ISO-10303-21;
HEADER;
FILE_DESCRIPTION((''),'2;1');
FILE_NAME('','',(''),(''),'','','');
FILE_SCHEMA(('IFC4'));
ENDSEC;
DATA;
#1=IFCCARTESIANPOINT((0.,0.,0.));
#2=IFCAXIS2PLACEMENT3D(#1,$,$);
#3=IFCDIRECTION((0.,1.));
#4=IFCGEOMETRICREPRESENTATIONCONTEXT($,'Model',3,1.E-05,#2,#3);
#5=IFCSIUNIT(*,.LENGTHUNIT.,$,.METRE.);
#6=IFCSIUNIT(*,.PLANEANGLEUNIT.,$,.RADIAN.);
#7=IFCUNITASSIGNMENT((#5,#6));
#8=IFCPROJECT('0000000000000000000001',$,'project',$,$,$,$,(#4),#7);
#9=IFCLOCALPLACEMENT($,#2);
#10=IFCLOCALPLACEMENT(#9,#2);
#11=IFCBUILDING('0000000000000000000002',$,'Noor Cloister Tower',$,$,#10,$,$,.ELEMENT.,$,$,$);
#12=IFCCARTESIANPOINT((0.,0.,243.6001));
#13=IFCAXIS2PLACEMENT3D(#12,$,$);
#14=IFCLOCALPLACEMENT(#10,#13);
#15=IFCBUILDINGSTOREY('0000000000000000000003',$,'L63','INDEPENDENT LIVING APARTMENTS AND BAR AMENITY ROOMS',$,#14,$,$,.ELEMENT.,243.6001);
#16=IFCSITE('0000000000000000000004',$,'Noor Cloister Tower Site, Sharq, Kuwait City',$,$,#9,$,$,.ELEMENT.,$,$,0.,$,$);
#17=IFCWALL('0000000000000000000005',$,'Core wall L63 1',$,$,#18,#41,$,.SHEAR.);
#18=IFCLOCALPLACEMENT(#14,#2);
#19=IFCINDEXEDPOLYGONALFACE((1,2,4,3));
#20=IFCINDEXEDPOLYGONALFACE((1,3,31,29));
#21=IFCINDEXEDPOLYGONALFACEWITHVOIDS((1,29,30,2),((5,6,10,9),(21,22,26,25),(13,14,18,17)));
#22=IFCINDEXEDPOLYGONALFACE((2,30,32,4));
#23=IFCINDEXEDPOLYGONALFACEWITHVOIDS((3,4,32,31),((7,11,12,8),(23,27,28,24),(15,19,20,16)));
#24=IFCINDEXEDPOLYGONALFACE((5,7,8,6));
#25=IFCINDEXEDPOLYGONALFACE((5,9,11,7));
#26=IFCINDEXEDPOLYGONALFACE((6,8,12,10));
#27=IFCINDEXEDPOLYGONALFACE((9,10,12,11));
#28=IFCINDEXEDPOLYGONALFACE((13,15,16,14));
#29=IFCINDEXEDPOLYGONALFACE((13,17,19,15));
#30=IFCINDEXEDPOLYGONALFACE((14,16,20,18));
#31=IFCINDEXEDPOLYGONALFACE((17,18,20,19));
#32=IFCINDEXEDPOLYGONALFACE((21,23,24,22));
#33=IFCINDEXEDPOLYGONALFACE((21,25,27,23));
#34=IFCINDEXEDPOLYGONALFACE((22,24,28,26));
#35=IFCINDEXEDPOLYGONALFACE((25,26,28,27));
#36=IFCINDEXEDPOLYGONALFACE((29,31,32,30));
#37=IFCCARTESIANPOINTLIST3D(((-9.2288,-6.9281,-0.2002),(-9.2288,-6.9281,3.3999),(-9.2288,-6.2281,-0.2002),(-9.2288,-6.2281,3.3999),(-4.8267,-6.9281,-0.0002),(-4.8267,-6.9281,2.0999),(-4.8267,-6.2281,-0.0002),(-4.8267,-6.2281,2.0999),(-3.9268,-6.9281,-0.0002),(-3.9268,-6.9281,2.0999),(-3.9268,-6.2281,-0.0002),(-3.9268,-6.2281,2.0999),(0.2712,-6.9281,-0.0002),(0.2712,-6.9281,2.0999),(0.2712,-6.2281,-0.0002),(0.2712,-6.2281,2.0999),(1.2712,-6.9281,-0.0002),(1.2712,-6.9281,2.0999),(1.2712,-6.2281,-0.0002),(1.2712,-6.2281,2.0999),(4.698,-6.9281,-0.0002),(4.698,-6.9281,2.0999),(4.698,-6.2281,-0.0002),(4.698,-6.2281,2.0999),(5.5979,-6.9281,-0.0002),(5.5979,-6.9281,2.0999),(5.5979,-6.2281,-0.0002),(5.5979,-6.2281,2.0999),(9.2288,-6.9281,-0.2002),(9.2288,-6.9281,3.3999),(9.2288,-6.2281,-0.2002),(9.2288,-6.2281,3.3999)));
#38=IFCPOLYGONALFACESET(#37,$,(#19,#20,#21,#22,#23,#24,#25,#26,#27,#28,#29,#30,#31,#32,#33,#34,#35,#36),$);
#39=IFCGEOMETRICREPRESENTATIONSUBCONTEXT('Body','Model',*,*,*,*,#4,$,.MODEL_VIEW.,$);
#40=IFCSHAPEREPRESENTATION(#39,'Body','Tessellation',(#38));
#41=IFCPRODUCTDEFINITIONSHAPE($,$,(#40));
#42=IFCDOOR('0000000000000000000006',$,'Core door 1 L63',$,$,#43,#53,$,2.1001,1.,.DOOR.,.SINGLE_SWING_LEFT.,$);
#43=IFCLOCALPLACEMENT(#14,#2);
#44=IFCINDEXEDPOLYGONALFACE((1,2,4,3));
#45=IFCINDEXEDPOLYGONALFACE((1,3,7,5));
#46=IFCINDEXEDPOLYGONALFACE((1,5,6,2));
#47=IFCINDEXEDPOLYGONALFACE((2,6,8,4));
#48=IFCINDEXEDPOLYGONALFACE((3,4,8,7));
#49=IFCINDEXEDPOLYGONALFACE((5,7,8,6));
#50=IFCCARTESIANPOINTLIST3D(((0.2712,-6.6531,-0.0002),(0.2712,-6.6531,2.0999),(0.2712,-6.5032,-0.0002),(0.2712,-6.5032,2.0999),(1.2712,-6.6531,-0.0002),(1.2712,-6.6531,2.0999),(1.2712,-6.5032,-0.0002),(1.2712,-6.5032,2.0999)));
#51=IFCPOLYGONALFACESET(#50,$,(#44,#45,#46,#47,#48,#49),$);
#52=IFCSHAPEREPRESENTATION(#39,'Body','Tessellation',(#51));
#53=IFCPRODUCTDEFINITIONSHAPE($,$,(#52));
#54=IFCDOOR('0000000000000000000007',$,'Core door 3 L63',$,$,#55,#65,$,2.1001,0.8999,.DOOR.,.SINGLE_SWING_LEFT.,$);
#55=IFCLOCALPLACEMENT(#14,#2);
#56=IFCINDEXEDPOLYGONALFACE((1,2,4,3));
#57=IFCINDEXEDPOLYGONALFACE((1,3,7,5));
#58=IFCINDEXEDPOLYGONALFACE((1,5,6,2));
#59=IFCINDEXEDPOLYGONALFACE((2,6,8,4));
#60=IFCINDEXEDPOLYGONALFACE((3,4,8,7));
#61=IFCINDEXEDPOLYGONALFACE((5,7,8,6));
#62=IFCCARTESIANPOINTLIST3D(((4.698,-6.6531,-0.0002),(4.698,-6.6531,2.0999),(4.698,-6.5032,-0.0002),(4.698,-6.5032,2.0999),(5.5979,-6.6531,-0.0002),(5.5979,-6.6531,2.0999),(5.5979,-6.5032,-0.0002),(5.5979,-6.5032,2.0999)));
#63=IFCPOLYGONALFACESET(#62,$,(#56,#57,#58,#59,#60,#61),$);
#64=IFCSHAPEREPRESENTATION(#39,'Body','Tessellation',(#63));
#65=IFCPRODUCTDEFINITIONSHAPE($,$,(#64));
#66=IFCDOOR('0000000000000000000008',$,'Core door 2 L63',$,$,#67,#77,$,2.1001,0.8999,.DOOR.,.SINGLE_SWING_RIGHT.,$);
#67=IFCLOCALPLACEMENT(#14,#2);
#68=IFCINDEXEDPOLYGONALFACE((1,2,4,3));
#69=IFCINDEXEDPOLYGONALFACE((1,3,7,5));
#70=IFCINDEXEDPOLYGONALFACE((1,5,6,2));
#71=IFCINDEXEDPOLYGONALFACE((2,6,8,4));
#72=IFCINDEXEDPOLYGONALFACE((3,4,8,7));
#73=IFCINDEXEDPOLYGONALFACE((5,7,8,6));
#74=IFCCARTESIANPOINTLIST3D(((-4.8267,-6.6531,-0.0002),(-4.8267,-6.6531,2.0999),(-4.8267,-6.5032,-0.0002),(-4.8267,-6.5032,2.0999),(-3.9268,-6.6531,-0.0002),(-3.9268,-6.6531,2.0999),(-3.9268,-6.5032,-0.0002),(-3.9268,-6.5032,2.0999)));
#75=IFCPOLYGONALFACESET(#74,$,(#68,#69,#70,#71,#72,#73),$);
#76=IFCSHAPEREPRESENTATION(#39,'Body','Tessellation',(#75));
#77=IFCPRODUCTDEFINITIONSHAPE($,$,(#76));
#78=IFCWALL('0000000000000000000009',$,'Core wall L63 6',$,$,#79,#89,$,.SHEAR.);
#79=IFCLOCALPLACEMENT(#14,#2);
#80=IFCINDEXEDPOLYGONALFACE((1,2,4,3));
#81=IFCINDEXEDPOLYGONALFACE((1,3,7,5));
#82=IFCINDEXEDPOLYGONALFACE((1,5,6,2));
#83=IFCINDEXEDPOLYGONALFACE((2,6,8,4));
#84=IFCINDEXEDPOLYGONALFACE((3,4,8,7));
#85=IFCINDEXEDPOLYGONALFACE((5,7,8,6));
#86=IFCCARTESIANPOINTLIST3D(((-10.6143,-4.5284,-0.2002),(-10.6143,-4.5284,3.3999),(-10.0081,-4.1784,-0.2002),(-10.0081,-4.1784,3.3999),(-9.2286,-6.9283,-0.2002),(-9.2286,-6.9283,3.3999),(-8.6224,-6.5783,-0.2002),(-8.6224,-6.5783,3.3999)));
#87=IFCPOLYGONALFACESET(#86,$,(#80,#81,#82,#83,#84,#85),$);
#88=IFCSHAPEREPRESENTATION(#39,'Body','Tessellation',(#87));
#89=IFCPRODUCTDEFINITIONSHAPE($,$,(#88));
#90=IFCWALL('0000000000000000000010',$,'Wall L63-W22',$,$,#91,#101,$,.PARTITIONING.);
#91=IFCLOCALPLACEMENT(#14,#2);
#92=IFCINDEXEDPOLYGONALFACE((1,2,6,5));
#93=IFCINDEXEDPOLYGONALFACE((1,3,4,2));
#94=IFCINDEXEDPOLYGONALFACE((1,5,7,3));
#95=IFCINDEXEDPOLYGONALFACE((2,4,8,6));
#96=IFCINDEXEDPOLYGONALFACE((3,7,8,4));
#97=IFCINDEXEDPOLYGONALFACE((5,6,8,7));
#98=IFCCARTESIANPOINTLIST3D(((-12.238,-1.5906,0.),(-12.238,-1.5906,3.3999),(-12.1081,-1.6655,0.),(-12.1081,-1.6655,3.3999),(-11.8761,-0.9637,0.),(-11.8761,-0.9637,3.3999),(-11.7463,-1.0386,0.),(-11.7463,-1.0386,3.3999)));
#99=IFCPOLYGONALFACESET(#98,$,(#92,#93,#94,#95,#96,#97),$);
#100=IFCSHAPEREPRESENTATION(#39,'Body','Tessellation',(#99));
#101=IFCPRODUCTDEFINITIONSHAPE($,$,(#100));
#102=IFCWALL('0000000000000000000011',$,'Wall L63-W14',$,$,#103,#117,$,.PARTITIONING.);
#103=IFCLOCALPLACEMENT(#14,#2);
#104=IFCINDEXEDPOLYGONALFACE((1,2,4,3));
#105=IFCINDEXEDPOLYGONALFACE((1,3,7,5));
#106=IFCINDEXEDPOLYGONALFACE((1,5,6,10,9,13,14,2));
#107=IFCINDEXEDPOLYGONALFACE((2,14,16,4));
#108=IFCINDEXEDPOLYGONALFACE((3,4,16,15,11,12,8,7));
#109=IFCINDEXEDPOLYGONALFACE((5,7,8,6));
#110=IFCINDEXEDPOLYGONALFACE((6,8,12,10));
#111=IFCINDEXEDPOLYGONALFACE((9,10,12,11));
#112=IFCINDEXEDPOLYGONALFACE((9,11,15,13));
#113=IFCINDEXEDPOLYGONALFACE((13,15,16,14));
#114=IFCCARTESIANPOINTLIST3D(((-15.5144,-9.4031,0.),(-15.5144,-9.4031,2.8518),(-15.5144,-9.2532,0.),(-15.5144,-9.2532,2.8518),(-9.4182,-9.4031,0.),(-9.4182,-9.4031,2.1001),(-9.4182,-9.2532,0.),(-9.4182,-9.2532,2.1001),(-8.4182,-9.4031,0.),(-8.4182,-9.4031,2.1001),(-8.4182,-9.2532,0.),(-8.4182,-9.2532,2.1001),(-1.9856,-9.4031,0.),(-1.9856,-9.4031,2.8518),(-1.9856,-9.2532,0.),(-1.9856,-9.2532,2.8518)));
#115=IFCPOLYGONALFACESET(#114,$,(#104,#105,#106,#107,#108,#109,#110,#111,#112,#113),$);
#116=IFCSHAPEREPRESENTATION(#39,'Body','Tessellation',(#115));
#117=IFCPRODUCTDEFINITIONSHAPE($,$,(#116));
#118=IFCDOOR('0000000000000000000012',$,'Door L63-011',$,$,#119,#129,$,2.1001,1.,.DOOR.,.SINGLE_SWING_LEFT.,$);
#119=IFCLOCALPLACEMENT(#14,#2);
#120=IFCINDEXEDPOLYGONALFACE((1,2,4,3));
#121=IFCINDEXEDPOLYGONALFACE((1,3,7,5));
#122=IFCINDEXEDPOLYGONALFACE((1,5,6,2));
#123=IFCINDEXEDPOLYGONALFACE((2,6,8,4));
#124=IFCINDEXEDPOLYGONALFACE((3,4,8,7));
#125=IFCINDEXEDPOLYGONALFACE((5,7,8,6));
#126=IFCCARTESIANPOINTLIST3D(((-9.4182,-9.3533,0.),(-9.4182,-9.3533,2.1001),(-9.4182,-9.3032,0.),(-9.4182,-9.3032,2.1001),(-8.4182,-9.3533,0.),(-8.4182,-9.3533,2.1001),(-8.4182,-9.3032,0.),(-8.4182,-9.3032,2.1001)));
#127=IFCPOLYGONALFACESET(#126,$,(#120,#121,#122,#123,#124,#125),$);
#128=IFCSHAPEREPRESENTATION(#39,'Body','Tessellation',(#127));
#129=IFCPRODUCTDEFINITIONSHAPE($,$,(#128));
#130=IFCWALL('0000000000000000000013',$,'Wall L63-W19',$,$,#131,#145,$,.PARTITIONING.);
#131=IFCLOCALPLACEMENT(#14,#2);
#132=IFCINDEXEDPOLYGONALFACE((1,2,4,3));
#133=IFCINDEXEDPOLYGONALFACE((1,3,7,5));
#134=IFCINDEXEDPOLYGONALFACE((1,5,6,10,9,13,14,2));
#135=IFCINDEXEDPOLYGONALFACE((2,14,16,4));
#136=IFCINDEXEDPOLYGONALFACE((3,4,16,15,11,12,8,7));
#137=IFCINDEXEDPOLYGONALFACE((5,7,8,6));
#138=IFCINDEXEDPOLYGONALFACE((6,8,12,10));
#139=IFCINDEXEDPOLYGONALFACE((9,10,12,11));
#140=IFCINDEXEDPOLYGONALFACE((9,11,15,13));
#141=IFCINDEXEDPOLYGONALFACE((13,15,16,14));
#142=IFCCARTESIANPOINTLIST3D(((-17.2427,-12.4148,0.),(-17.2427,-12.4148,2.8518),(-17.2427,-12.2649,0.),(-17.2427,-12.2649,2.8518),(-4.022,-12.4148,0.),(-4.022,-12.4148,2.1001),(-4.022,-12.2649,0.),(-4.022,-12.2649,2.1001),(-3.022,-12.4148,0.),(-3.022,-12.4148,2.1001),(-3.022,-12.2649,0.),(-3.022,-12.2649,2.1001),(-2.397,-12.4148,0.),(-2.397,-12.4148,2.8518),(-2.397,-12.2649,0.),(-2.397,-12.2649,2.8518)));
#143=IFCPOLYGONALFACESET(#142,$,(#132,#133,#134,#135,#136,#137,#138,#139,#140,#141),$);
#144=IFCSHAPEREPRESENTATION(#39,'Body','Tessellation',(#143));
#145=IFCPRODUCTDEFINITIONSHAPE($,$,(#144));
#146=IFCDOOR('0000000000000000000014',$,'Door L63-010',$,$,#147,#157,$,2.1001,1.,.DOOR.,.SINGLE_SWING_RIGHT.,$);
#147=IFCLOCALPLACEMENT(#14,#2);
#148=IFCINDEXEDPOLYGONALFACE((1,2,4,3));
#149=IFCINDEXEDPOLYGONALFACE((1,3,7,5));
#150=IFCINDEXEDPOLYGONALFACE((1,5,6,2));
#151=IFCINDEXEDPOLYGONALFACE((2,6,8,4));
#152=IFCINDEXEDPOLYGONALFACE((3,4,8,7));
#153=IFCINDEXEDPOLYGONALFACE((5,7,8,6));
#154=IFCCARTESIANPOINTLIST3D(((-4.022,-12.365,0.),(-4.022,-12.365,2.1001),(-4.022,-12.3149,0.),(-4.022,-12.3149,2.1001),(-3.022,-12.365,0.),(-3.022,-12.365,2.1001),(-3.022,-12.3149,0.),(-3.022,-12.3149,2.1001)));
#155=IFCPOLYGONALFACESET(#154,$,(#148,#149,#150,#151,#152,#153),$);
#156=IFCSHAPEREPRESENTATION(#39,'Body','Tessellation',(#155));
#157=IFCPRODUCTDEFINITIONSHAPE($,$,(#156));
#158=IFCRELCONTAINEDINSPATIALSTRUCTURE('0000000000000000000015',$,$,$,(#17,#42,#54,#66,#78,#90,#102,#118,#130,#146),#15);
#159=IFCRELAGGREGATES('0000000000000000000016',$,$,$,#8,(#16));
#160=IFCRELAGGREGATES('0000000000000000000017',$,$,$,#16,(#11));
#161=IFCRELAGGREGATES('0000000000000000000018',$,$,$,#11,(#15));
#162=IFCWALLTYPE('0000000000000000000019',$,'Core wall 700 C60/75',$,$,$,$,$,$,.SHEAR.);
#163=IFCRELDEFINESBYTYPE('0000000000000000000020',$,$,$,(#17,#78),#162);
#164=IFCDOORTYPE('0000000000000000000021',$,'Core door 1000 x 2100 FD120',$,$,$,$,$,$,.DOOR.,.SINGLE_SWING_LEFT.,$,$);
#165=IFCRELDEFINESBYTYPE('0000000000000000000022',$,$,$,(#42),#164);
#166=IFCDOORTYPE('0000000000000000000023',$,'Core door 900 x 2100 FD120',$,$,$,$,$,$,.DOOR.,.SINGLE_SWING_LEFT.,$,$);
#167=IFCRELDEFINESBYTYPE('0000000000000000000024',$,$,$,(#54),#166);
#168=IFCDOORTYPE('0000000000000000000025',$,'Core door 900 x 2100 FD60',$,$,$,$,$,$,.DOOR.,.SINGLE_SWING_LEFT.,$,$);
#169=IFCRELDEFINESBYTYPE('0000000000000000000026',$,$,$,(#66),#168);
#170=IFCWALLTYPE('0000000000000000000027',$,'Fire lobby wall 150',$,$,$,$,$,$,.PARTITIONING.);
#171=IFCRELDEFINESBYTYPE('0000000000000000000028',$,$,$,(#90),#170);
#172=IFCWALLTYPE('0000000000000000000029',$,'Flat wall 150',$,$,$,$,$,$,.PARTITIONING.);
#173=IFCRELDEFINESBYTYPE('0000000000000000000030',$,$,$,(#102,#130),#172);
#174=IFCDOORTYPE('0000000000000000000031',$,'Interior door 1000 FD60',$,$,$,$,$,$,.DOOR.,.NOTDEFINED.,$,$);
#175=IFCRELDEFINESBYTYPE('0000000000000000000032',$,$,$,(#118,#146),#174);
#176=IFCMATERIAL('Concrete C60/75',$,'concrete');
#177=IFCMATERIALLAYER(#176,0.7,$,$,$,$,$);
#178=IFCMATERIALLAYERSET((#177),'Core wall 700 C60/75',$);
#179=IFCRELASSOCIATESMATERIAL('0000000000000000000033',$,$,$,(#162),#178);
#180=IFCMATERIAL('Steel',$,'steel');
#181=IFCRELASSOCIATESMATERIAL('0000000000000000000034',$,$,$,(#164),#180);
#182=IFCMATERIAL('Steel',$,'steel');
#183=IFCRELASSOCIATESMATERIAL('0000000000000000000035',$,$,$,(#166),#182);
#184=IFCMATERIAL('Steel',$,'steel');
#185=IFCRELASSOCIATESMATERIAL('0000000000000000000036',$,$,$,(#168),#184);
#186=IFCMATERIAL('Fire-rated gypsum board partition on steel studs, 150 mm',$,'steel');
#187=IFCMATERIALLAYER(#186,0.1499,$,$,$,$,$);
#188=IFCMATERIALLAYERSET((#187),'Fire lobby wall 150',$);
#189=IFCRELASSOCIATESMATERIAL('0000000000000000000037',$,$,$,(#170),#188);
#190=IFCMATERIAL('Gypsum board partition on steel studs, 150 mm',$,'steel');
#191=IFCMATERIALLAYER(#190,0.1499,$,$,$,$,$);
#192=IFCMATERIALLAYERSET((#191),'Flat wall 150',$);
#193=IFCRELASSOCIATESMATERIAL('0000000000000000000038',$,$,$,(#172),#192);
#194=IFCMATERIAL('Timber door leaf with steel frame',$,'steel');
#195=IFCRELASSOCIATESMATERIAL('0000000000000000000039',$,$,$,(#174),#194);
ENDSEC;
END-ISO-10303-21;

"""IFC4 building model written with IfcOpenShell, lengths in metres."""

from ifc_helpers import new_model, si_unit, direction, frame, frame_2d, origin, place, context, subcontext, project, spatial, rectangle, extrude, material, layer, layer_set, type_object, element, fill, save


model = new_model("IFC4")

# Units and contexts
model_context = context("Model", 3, precision=1e-05, world=origin(), true_north=direction((0.0, 1.0)))
body_context = subcontext(model_context, "Body", "Model", "MODEL_VIEW")
ifc_project = project(units=[si_unit("LENGTHUNIT", "METRE"), si_unit("PLANEANGLEUNIT", "RADIAN")], contexts=[model_context])

# Site, building, storey
site_placement = place(None, origin())
site = spatial("IfcSite", under=ifc_project, at=site_placement, Name="Noor Cloister Tower Site, Sharq, Kuwait City", CompositionType="ELEMENT", RefElevation=0.0)
building_placement = place(site_placement, origin())
building = spatial("IfcBuilding", under=site, at=building_placement, Name="Noor Cloister Tower", CompositionType="ELEMENT")
storey_placement = place(building_placement, frame((0.0, 0.0, 243.6001)))
storey = spatial("IfcBuildingStorey", under=building, at=storey_placement, Name="L63", Description="INDEPENDENT LIVING APARTMENTS AND BAR AMENITY ROOMS", CompositionType="ELEMENT", Elevation=243.6001)

# Wall, openings, doors
ifc_material_1 = material(Name="Concrete C60/75", Category="concrete")
ifc_layer_1 = layer(ifc_material_1, 0.7)
ifc_layer_set_1 = layer_set([ifc_layer_1], Name="Core wall 700 C60/75")
wall_type_1 = type_object("IfcWallType", Name="Core wall 700 C60/75", PredefinedType="SHEAR", material=ifc_layer_set_1)
wall_1_placement = place(storey_placement, frame((-9.2288, -6.5781, -0.2002), z_axis=(0.0, 0.0, 1.0), x_axis=(1.0, 0.0, 0.0)))
wall_1 = element("IfcWall", 1, at=wall_1_placement, inside=storey, type_object=wall_type_1, Name="Core wall L63 1", PredefinedType="SHEAR", context=body_context, shape_type="SweptSolid", body=[
    extrude(rectangle(XDim=18.4575, YDim=0.7, at=frame_2d((9.2288, 0.0))), origin(), (0.0, 0.0, 1.0), 3.6001),
])
opening_1_placement = place(wall_1_placement, frame((9.5, 0.0, 0.2)))
opening_1 = element("IfcOpeningElement", 2, at=opening_1_placement, cuts=wall_1, PredefinedType="OPENING", context=body_context, shape_type="SweptSolid", body=[
    extrude(rectangle(XDim=1.0, YDim=2.1001, at=frame_2d((0.5, 1.05))), frame((0.0, 0.3599, 0.0), z_axis=(0.0, -1.0, 0.0), x_axis=(1.0, 0.0, 0.0)), (0.0, 0.0, 1.0), 0.72),
])
opening_2_placement = place(wall_1_placement, frame((4.4021, 0.0, 0.2)))
opening_2 = element("IfcOpeningElement", 3, at=opening_2_placement, cuts=wall_1, PredefinedType="OPENING", context=body_context, shape_type="SweptSolid", body=[
    extrude(rectangle(XDim=0.8999, YDim=2.1001, at=frame_2d((0.45, 1.05))), frame((0.0, 0.3599, 0.0), z_axis=(0.0, -1.0, 0.0), x_axis=(1.0, 0.0, 0.0)), (0.0, 0.0, 1.0), 0.72),
])
opening_3_placement = place(wall_1_placement, frame((13.9268, 0.0, 0.2)))
opening_3 = element("IfcOpeningElement", 4, at=opening_3_placement, cuts=wall_1, PredefinedType="OPENING", context=body_context, shape_type="SweptSolid", body=[
    extrude(rectangle(XDim=0.8999, YDim=2.1001, at=frame_2d((0.45, 1.05))), frame((0.0, 0.3599, 0.0), z_axis=(0.0, -1.0, 0.0), x_axis=(1.0, 0.0, 0.0)), (0.0, 0.0, 1.0), 0.72),
])
ifc_material_2 = material(Name="Steel", Category="steel")
door_type_1 = type_object("IfcDoorType", Name="Core door 1000 x 2100 FD120", OperationType="SINGLE_SWING_LEFT", PredefinedType="DOOR", material=ifc_material_2)
door_1_placement = place(opening_1_placement, origin())
door_1 = element("IfcDoor", 5, at=door_1_placement, inside=storey, type_object=door_type_1, Name="Core door 1 L63", OperationType="SINGLE_SWING_LEFT", OverallHeight=2.1001, OverallWidth=1.0, PredefinedType="DOOR", context=body_context, shape_type="SweptSolid", body=[
    extrude(rectangle(XDim=1.0, YDim=2.1001, at=frame_2d((0.5, 1.05))), frame((0.0, 0.075, 0.0), z_axis=(0.0, -1.0, 0.0), x_axis=(1.0, 0.0, 0.0)), (0.0, 0.0, 1.0), 0.1499),
])
fill(opening_1, door_1)
ifc_material_3 = material(Name="Steel", Category="steel")
door_type_2 = type_object("IfcDoorType", Name="Core door 900 x 2100 FD120", OperationType="SINGLE_SWING_LEFT", PredefinedType="DOOR", material=ifc_material_3)
door_2_placement = place(opening_3_placement, origin())
door_2 = element("IfcDoor", 6, at=door_2_placement, inside=storey, type_object=door_type_2, Name="Core door 3 L63", OperationType="SINGLE_SWING_LEFT", OverallHeight=2.1001, OverallWidth=0.8999, PredefinedType="DOOR", context=body_context, shape_type="SweptSolid", body=[
    extrude(rectangle(XDim=0.8999, YDim=2.1001, at=frame_2d((0.45, 1.05))), frame((0.0, 0.075, 0.0), z_axis=(0.0, -1.0, 0.0), x_axis=(1.0, 0.0, 0.0)), (0.0, 0.0, 1.0), 0.1499),
])
fill(opening_3, door_2)
ifc_material_4 = material(Name="Steel", Category="steel")
door_type_3 = type_object("IfcDoorType", Name="Core door 900 x 2100 FD60", OperationType="SINGLE_SWING_LEFT", PredefinedType="DOOR", material=ifc_material_4)
door_3_placement = place(opening_2_placement, origin())
door_3 = element("IfcDoor", 7, at=door_3_placement, inside=storey, type_object=door_type_3, Name="Core door 2 L63", OperationType="SINGLE_SWING_RIGHT", OverallHeight=2.1001, OverallWidth=0.8999, PredefinedType="DOOR", context=body_context, shape_type="SweptSolid", body=[
    extrude(rectangle(XDim=0.8999, YDim=2.1001, at=frame_2d((0.45, 1.05))), frame((0.0, 0.075, 0.0), z_axis=(0.0, -1.0, 0.0), x_axis=(1.0, 0.0, 0.0)), (0.0, 0.0, 1.0), 0.1499),
])
fill(opening_2, door_3)

# Walls
wall_2_placement = place(storey_placement, frame((-10.3113, -4.3533, -0.2002), z_axis=(0.0, 0.0, 1.0), x_axis=(0.500043, -0.866001, 0.0)))
element("IfcWall", 8, at=wall_2_placement, inside=storey, type_object=wall_type_1, Name="Core wall L63 6", PredefinedType="SHEAR", context=body_context, shape_type="SweptSolid", body=[
    extrude(rectangle(XDim=2.7712, YDim=0.7, at=frame_2d((1.3857, 0.0))), origin(), (0.0, 0.0, 1.0), 3.6001),
])
ifc_material_5 = material(Name="Fire-rated gypsum board partition on steel studs, 150 mm", Category="steel")
ifc_layer_2 = layer(ifc_material_5, 0.1499)
ifc_layer_set_2 = layer_set([ifc_layer_2], Name="Fire lobby wall 150")
wall_type_2 = type_object("IfcWallType", Name="Fire lobby wall 150", PredefinedType="PARTITIONING", material=ifc_layer_set_2)
wall_3_placement = place(storey_placement, frame((-11.8113, -1.0012, 0.0), z_axis=(0.0, 0.0, 1.0), x_axis=(-0.499839, -0.866118, 0.0)))
element("IfcWall", 9, at=wall_3_placement, inside=storey, type_object=wall_type_2, Name="Wall L63-W22", PredefinedType="PARTITIONING", context=body_context, shape_type="SweptSolid", body=[
    extrude(rectangle(XDim=0.7239, YDim=0.1499, at=frame_2d((0.3618, 0.0))), origin(), (0.0, 0.0, 1.0), 3.3999),
])

# Walls, openings, doors
ifc_material_6 = material(Name="Gypsum board partition on steel studs, 150 mm", Category="steel")
ifc_layer_3 = layer(ifc_material_6, 0.1499)
ifc_layer_set_3 = layer_set([ifc_layer_3], Name="Flat wall 150")
wall_type_3 = type_object("IfcWallType", Name="Flat wall 150", PredefinedType="PARTITIONING", material=ifc_layer_set_3)
wall_4_placement = place(storey_placement, frame((-15.5144, -9.3281, 0.0), z_axis=(0.0, 0.0, 1.0), x_axis=(1.0, 0.0, 0.0)))
wall_4 = element("IfcWall", 10, at=wall_4_placement, inside=storey, type_object=wall_type_3, Name="Wall L63-W14", PredefinedType="PARTITIONING", context=body_context, shape_type="SweptSolid", body=[
    extrude(rectangle(XDim=13.5288, YDim=0.1499, at=frame_2d((6.7644, 0.0))), origin(), (0.0, 0.0, 1.0), 2.8518),
])
opening_4_placement = place(wall_4_placement, frame((6.0962, 0.0, 0.0)))
opening_4 = element("IfcOpeningElement", 11, at=opening_4_placement, cuts=wall_4, PredefinedType="OPENING", context=body_context, shape_type="SweptSolid", body=[
    extrude(rectangle(XDim=1.0, YDim=2.1001, at=frame_2d((0.5, 1.05))), frame((0.0, 0.085, 0.0), z_axis=(0.0, -1.0, 0.0), x_axis=(1.0, 0.0, 0.0)), (0.0, 0.0, 1.0), 0.1699),
])
ifc_material_7 = material(Name="Timber door leaf with steel frame", Category="steel")
door_type_4 = type_object("IfcDoorType", Name="Interior door 1000 FD60", OperationType="NOTDEFINED", PredefinedType="DOOR", material=ifc_material_7)
door_4_placement = place(opening_4_placement, origin())
door_4 = element("IfcDoor", 12, at=door_4_placement, inside=storey, type_object=door_type_4, Name="Door L63-011", OperationType="SINGLE_SWING_LEFT", OverallHeight=2.1001, OverallWidth=1.0, PredefinedType="DOOR", context=body_context, shape_type="SweptSolid", body=[
    extrude(rectangle(XDim=1.0, YDim=2.1001, at=frame_2d((0.5, 1.05))), frame((0.0, 0.0249, 0.0), z_axis=(0.0, -1.0, 0.0), x_axis=(1.0, 0.0, 0.0)), (0.0, 0.0, 1.0), 0.05),
])
fill(opening_4, door_4)
wall_5_placement = place(storey_placement, frame((-17.2427, -12.3398, 0.0), z_axis=(0.0, 0.0, 1.0), x_axis=(1.0, 0.0, 0.0)))
wall_5 = element("IfcWall", 13, at=wall_5_placement, inside=storey, type_object=wall_type_3, Name="Wall L63-W19", PredefinedType="PARTITIONING", context=body_context, shape_type="SweptSolid", body=[
    extrude(rectangle(XDim=14.8457, YDim=0.1499, at=frame_2d((7.4229, 0.0))), origin(), (0.0, 0.0, 1.0), 2.8518),
])
opening_5_placement = place(wall_5_placement, frame((13.2207, 0.0, 0.0)))
opening_5 = element("IfcOpeningElement", 14, at=opening_5_placement, cuts=wall_5, PredefinedType="OPENING", context=body_context, shape_type="SweptSolid", body=[
    extrude(rectangle(XDim=1.0, YDim=2.1001, at=frame_2d((0.5, 1.05))), frame((0.0, 0.085, 0.0), z_axis=(0.0, -1.0, 0.0), x_axis=(1.0, 0.0, 0.0)), (0.0, 0.0, 1.0), 0.1699),
])
door_5_placement = place(opening_5_placement, origin())
door_5 = element("IfcDoor", 15, at=door_5_placement, inside=storey, type_object=door_type_4, Name="Door L63-010", OperationType="SINGLE_SWING_RIGHT", OverallHeight=2.1001, OverallWidth=1.0, PredefinedType="DOOR", context=body_context, shape_type="SweptSolid", body=[
    extrude(rectangle(XDim=1.0, YDim=2.1001, at=frame_2d((0.5, 1.05))), frame((0.0, 0.0249, 0.0), z_axis=(0.0, -1.0, 0.0), x_axis=(1.0, 0.0, 0.0)), (0.0, 0.0, 1.0), 0.05),
])
fill(opening_5, door_5)

save(model, "model.ifc")
